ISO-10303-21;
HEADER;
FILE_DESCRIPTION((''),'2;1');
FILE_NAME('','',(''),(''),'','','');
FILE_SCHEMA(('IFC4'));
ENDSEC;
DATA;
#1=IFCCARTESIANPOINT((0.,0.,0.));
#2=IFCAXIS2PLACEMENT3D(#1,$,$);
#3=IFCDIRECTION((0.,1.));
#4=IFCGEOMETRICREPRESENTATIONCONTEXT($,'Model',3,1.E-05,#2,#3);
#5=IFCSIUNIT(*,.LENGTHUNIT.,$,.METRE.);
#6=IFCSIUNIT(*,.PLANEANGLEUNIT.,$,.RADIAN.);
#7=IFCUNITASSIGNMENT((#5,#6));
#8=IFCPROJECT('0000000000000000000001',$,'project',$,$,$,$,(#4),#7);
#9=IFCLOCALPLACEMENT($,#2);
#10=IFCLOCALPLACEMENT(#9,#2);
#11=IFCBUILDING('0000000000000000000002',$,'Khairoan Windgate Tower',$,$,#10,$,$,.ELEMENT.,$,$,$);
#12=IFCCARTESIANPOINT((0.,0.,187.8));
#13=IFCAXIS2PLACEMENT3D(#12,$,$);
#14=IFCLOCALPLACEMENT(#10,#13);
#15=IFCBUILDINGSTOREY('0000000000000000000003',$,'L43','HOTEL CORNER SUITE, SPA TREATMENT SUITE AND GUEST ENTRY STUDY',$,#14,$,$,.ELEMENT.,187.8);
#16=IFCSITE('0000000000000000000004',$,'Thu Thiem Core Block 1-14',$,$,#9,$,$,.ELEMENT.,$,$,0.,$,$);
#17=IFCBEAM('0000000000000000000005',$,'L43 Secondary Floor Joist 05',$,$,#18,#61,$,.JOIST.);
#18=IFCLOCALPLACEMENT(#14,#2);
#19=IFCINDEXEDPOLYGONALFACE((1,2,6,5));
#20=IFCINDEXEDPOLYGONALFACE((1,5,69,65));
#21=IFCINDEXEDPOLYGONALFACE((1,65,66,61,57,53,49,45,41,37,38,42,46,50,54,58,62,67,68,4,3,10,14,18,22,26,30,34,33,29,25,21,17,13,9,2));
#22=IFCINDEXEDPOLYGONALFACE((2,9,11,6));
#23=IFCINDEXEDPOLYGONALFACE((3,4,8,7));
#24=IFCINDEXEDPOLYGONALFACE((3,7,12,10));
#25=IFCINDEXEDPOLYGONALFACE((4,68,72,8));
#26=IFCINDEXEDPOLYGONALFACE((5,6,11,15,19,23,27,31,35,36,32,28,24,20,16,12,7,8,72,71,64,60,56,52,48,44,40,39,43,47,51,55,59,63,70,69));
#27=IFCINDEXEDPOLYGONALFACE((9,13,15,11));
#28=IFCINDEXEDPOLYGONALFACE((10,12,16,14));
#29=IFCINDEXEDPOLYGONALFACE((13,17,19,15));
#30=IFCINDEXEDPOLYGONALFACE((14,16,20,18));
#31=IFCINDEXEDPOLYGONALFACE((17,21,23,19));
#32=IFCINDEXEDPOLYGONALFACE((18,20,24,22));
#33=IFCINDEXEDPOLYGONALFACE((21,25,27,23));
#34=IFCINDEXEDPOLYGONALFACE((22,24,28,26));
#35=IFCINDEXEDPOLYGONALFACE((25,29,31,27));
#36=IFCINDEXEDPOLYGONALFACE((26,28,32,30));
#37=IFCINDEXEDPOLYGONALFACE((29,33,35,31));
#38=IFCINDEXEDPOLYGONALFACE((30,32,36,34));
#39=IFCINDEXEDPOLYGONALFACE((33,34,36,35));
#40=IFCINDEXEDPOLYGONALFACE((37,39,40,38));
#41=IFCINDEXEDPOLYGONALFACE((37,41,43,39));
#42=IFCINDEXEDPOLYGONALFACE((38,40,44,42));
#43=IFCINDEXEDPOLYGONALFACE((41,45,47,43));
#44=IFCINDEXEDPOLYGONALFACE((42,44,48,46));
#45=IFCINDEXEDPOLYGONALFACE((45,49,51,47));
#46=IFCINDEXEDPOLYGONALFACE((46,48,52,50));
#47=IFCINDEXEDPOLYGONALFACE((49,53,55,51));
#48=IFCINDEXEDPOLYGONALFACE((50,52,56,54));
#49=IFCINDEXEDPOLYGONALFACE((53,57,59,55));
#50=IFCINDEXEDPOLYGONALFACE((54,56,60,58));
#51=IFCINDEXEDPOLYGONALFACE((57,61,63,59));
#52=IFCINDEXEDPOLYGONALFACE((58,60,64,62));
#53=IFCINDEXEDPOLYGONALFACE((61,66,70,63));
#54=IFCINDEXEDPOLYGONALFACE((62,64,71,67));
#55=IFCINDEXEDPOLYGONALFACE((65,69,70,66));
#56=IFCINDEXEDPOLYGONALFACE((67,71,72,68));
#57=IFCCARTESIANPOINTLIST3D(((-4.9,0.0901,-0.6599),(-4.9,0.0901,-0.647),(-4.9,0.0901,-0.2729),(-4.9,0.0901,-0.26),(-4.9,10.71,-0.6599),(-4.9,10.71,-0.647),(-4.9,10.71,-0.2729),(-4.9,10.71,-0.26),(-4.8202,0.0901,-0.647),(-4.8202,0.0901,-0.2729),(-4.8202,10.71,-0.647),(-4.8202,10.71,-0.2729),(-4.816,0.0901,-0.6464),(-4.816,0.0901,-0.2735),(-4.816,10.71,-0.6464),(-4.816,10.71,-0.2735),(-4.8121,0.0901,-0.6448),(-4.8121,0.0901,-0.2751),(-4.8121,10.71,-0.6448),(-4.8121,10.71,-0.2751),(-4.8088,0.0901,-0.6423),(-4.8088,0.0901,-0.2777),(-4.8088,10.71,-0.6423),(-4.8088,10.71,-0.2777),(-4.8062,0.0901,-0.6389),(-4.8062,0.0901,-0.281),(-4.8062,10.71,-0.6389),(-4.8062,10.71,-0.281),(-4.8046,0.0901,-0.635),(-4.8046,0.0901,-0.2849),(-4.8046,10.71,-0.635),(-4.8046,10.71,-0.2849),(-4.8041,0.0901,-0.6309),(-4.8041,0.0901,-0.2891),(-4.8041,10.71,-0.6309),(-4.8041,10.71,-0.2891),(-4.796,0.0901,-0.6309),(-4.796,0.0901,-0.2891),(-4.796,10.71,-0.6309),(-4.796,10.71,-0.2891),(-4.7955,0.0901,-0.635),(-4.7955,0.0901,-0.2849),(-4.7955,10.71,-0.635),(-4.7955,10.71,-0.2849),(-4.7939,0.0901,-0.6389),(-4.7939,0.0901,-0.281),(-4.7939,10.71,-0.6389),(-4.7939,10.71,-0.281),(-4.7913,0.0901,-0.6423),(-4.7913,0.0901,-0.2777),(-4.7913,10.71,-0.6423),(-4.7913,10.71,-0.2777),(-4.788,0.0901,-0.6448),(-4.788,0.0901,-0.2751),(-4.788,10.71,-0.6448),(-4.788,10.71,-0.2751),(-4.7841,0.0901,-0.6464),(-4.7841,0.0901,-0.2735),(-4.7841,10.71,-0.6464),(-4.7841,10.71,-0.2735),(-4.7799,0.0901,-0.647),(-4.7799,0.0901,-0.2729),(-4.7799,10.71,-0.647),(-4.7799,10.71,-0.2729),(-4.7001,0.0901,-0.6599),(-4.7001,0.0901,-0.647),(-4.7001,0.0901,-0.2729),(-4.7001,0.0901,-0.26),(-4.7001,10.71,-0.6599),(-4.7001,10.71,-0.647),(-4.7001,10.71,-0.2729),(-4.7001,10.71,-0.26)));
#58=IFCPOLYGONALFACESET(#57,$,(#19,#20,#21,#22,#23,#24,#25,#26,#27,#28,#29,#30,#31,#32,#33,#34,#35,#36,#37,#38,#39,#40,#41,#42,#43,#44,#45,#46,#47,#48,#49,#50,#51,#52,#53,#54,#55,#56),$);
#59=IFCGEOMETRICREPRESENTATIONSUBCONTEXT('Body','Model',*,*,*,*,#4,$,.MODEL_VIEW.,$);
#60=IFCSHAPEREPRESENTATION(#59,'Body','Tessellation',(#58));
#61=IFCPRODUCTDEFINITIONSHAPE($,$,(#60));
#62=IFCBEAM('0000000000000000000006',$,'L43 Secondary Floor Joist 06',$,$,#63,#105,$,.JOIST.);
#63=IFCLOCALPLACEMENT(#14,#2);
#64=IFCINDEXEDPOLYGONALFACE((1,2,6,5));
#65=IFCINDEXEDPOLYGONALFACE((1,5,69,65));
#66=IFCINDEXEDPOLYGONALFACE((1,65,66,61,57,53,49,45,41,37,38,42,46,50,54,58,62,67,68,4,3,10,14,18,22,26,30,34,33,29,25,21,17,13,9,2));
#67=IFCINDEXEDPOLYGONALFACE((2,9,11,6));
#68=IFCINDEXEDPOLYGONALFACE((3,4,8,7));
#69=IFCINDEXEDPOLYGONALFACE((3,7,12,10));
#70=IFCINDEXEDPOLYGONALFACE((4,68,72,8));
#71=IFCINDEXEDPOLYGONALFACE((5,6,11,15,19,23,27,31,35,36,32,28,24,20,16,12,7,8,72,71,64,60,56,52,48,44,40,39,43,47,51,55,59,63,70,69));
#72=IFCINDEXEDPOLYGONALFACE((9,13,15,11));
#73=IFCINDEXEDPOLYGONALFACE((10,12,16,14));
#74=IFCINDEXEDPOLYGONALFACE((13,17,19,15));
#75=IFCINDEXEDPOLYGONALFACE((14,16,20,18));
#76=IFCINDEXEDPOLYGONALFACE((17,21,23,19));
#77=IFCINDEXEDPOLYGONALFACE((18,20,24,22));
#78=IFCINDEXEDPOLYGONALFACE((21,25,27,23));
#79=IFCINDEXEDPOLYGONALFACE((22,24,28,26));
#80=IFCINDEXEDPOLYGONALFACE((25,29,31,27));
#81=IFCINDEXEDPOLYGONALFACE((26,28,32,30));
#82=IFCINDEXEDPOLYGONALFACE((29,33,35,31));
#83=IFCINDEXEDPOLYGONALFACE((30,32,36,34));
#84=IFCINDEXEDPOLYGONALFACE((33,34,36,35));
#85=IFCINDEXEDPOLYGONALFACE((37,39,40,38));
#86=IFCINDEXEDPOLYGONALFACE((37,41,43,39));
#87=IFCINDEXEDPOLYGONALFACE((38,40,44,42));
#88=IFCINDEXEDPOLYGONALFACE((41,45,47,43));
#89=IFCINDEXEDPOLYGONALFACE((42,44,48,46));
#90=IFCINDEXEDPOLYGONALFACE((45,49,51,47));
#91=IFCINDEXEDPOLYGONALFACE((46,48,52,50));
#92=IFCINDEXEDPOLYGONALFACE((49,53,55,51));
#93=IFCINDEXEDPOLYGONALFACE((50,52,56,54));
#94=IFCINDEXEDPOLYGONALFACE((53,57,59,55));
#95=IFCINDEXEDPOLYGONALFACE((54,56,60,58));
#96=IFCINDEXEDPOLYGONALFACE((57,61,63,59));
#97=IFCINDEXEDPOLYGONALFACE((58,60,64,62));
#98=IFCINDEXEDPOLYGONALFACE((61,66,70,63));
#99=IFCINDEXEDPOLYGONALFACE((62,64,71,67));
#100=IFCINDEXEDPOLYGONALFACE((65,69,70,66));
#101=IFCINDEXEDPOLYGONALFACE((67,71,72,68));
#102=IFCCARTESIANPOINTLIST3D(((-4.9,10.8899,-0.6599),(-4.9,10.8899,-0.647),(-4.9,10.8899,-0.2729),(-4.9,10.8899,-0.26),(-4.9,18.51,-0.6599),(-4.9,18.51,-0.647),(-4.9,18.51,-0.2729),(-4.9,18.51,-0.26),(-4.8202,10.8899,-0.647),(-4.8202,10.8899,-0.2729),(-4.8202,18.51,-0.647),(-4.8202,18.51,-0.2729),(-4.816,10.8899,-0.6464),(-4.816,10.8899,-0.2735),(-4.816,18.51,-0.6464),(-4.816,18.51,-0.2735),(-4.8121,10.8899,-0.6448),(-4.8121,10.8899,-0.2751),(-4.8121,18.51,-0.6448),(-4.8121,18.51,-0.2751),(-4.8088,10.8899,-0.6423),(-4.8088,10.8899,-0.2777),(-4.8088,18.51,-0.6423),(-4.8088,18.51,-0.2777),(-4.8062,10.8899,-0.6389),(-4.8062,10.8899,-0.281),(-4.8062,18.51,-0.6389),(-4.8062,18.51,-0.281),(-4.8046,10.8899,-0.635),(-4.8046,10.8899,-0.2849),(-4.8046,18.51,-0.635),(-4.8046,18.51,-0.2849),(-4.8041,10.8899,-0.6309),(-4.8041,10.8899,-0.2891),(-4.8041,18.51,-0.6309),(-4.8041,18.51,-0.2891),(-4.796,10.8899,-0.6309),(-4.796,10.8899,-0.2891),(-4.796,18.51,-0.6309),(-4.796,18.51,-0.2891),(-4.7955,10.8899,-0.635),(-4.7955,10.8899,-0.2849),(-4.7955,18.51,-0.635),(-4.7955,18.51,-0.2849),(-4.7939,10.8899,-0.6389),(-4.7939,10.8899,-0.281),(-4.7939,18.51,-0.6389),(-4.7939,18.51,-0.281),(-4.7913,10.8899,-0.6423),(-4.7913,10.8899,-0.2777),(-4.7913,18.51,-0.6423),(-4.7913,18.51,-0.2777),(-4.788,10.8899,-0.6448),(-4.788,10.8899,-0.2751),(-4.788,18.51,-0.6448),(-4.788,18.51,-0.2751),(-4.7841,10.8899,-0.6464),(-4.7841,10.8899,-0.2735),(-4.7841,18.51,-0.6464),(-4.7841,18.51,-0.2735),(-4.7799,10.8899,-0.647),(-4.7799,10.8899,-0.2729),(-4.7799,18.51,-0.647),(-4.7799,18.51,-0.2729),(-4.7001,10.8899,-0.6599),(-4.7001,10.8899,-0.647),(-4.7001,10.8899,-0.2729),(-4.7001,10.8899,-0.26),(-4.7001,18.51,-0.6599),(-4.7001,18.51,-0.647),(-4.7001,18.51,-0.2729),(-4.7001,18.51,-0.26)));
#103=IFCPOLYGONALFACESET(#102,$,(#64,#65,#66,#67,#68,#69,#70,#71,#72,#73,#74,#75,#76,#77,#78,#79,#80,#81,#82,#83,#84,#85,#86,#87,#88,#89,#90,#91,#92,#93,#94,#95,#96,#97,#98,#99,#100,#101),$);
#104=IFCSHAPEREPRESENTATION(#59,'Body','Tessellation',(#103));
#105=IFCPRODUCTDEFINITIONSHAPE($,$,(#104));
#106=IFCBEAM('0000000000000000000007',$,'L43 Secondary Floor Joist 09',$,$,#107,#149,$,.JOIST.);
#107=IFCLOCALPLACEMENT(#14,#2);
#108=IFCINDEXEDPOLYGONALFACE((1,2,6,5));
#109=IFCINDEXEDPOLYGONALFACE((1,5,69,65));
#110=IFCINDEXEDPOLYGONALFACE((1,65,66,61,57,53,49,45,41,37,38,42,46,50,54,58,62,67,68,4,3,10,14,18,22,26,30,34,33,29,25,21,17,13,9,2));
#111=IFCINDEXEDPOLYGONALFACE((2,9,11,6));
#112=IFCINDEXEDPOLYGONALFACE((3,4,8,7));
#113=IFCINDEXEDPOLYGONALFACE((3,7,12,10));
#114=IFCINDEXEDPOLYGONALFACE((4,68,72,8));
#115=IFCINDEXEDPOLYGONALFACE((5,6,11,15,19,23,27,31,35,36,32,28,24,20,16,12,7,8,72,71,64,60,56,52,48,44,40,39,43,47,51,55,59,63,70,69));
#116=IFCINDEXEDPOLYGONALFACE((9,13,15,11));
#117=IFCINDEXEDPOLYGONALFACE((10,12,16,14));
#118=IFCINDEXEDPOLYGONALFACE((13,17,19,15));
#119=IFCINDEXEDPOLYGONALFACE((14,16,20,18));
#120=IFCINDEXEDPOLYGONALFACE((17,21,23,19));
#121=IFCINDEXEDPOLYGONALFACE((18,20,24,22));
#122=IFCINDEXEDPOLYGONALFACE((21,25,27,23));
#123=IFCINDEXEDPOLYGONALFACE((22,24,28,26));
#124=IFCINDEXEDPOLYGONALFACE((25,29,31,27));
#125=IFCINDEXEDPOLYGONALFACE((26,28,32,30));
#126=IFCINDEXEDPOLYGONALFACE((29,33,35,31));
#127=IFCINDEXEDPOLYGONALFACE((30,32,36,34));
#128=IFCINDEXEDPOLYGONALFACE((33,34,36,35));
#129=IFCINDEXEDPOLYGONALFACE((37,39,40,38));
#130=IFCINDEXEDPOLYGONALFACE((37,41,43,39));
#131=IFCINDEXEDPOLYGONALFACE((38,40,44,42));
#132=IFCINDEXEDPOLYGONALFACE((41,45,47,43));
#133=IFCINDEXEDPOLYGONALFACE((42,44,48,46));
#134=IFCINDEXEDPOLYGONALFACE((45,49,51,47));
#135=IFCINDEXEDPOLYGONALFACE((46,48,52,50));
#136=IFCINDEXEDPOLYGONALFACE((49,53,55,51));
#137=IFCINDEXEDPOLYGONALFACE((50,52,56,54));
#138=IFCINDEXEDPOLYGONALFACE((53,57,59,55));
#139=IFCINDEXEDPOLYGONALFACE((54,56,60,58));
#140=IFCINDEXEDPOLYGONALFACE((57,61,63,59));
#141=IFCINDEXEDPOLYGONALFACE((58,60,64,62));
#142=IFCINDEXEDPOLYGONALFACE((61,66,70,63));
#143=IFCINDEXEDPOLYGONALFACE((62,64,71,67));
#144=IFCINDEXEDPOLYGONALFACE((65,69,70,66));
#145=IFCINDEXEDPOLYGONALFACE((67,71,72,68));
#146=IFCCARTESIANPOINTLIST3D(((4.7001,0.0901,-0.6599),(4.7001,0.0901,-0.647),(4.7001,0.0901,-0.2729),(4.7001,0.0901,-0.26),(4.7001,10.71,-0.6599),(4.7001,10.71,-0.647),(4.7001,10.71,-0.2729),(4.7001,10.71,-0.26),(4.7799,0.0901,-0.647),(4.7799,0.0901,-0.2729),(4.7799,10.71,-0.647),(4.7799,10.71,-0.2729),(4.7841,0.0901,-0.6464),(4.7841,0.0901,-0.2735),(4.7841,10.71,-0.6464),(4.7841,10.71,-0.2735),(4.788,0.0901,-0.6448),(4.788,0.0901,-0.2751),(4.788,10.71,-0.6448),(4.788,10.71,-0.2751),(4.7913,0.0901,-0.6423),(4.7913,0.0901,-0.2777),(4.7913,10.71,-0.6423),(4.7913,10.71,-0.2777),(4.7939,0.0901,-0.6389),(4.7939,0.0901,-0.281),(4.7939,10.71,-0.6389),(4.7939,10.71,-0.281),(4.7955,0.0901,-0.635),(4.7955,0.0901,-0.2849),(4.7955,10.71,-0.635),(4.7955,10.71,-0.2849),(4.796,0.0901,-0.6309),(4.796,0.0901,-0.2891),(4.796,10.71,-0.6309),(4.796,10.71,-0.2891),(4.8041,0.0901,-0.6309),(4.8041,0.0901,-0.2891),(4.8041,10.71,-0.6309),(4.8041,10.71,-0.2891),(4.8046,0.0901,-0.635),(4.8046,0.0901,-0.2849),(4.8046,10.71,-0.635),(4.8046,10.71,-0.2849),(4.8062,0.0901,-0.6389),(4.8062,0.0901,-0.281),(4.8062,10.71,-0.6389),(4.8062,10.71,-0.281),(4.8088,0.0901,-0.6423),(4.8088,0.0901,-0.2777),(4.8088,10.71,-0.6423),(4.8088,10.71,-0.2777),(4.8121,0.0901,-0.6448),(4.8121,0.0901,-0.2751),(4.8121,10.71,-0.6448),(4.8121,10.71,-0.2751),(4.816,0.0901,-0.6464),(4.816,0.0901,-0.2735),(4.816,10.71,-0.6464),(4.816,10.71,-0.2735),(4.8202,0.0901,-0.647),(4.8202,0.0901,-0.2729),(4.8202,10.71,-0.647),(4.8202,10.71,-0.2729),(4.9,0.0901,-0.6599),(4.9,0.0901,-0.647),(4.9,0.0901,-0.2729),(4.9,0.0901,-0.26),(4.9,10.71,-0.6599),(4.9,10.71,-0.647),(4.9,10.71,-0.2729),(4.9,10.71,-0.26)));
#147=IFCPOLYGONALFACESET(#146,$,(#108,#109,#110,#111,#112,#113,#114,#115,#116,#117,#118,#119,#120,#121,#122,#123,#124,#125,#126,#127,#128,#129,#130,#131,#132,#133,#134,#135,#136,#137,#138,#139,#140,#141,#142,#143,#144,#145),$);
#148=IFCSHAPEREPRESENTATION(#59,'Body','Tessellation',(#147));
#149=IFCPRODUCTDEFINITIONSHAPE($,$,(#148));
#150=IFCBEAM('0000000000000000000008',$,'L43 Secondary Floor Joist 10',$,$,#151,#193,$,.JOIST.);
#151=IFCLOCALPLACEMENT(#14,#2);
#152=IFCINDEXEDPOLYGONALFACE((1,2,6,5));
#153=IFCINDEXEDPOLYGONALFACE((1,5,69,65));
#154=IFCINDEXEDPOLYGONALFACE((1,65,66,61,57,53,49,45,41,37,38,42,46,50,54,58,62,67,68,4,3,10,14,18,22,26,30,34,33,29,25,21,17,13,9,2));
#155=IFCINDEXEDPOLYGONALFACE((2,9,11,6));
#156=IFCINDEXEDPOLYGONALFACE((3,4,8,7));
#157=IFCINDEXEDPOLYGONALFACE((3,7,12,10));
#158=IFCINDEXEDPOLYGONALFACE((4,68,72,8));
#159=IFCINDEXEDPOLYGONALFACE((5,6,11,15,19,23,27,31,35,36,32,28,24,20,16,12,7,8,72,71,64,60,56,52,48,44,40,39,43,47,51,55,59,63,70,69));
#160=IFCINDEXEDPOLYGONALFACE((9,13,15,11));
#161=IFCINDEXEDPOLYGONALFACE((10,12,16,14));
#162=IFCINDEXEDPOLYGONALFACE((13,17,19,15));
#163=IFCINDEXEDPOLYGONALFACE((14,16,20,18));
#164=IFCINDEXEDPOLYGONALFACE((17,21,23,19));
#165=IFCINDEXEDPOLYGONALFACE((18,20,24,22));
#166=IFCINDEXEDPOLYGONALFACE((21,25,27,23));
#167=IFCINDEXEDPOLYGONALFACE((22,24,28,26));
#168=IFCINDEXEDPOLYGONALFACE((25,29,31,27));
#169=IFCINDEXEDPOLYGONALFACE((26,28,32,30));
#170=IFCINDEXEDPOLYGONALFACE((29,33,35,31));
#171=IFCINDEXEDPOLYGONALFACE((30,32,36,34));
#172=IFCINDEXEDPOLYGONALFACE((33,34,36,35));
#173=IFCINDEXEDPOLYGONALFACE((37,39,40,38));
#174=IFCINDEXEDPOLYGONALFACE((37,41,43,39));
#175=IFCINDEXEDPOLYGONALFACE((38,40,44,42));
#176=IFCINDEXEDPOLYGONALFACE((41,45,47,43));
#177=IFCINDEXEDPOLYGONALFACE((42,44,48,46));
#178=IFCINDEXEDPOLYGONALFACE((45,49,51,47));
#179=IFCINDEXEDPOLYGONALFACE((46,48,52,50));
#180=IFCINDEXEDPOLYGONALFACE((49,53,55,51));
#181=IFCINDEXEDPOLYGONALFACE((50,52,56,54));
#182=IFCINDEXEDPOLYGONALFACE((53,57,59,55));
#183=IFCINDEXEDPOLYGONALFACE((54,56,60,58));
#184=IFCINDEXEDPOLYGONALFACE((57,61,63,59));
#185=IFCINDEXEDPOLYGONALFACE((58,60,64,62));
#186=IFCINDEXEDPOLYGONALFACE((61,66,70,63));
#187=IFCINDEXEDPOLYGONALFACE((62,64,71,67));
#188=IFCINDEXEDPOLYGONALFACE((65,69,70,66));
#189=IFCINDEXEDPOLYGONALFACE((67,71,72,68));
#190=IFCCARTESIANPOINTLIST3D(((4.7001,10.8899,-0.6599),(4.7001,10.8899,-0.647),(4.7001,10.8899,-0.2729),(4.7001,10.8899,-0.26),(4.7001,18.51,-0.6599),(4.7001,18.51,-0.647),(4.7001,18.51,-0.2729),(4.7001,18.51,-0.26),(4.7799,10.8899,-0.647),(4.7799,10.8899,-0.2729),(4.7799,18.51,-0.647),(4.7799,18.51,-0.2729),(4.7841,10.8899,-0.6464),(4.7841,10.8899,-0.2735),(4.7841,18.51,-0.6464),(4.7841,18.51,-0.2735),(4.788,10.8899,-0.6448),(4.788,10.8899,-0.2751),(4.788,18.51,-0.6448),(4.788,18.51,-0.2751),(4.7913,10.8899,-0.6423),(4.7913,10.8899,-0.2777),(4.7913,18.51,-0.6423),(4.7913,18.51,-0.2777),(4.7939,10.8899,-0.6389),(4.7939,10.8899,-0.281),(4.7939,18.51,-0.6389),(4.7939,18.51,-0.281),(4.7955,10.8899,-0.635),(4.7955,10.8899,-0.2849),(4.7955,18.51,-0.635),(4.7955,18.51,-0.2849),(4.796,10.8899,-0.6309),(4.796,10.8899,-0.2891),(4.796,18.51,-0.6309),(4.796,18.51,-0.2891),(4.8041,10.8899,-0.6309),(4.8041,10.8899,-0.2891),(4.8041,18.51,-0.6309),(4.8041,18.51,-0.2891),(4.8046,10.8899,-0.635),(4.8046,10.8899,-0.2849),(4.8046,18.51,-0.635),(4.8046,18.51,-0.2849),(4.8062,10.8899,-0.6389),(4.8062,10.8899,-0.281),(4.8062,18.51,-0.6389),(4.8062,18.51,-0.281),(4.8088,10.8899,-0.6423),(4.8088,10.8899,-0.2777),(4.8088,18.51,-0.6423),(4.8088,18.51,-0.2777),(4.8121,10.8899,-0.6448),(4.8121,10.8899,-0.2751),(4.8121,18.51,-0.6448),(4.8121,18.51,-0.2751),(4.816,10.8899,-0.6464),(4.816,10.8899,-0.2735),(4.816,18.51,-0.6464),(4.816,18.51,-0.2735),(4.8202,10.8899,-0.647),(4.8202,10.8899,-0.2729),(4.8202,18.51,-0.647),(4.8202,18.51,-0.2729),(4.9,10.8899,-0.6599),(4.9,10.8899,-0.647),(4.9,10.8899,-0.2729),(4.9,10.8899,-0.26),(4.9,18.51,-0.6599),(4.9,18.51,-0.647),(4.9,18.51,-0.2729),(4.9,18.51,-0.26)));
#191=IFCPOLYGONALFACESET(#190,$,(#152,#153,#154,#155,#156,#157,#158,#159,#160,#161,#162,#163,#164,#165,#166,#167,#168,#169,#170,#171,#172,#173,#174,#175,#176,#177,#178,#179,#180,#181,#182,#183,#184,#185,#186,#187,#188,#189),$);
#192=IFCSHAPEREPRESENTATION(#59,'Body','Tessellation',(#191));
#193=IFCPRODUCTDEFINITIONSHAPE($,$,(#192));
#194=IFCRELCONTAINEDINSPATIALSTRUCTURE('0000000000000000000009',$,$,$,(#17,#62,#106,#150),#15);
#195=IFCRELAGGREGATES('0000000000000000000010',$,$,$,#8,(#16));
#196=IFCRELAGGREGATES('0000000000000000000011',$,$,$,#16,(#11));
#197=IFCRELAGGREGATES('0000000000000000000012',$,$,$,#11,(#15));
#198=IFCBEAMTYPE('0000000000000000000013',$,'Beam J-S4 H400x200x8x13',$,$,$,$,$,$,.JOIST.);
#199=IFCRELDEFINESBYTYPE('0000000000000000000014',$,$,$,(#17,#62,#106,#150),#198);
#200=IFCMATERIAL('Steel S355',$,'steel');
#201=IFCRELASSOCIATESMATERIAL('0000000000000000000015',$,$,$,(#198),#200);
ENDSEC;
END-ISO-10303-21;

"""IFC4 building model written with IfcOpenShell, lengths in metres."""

from ifc_helpers import new_model, si_unit, direction, frame, origin, origin_2d, place, context, subcontext, project, spatial, i_section, extrude, material, material_profile, profile_set, type_object, element, save


model = new_model("IFC4")

# Units and contexts
model_context = context("Model", 3, precision=1e-05, world=origin(), true_north=direction((0.0, 1.0)))
body_context = subcontext(model_context, "Body", "Model", "MODEL_VIEW")
ifc_project = project(units=[si_unit("LENGTHUNIT", "METRE"), si_unit("PLANEANGLEUNIT", "RADIAN")], contexts=[model_context])

# Site, building, storey
site_placement = place(None, origin())
site = spatial("IfcSite", under=ifc_project, at=site_placement, Name="Thu Thiem Core Block 1-14", CompositionType="ELEMENT", RefElevation=0.0)
building_placement = place(site_placement, origin())
building = spatial("IfcBuilding", under=site, at=building_placement, Name="Khairoan Windgate Tower", CompositionType="ELEMENT")
storey_placement = place(building_placement, frame((0.0, 0.0, 187.8)))
storey = spatial("IfcBuildingStorey", under=building, at=storey_placement, Name="L43", Description="HOTEL CORNER SUITE, SPA TREATMENT SUITE AND GUEST ENTRY STUDY", CompositionType="ELEMENT", Elevation=187.8)

# Beams
ifc_material_1 = material(Name="Steel S355", Category="steel")
ifc_material_profile_1 = material_profile(ifc_material_1, i_section(OverallWidth=0.2, OverallDepth=0.3999, WebThickness=0.0081, FlangeThickness=0.0129, FilletRadius=0.0161, at=origin_2d()))
ifc_profile_set_1 = profile_set([ifc_material_profile_1], Name="Steel S355")
beam_type_1 = type_object("IfcBeamType", Name="Beam J-S4 H400x200x8x13", PredefinedType="JOIST", material=ifc_profile_set_1)
beam_1_placement = place(storey_placement, frame((-4.8, 0.0901, -0.46), z_axis=(0.0, 1.0, 0.0), x_axis=(-1.0, 0.0, 0.0)))
element("IfcBeam", 1, at=beam_1_placement, inside=storey, type_object=beam_type_1, Name="L43 Secondary Floor Joist 05", PredefinedType="JOIST", context=body_context, shape_type="SweptSolid", body=[
    extrude(i_section(OverallWidth=0.2, OverallDepth=0.3999, WebThickness=0.0081, FlangeThickness=0.0129, FilletRadius=0.0161, at=origin_2d()), origin(), (0.0, 0.0, 1.0), 10.6199),
])
beam_2_placement = place(storey_placement, frame((-4.8, 10.8899, -0.46), z_axis=(0.0, 1.0, 0.0), x_axis=(-1.0, 0.0, 0.0)))
element("IfcBeam", 2, at=beam_2_placement, inside=storey, type_object=beam_type_1, Name="L43 Secondary Floor Joist 06", PredefinedType="JOIST", context=body_context, shape_type="SweptSolid", body=[
    extrude(i_section(OverallWidth=0.2, OverallDepth=0.3999, WebThickness=0.0081, FlangeThickness=0.0129, FilletRadius=0.0161, at=origin_2d()), origin(), (0.0, 0.0, 1.0), 7.6201),
])
beam_3_placement = place(storey_placement, frame((4.8, 0.0901, -0.46), z_axis=(0.0, 1.0, 0.0), x_axis=(-1.0, 0.0, 0.0)))
element("IfcBeam", 3, at=beam_3_placement, inside=storey, type_object=beam_type_1, Name="L43 Secondary Floor Joist 09", PredefinedType="JOIST", context=body_context, shape_type="SweptSolid", body=[
    extrude(i_section(OverallWidth=0.2, OverallDepth=0.3999, WebThickness=0.0081, FlangeThickness=0.0129, FilletRadius=0.0161, at=origin_2d()), origin(), (0.0, 0.0, 1.0), 10.6199),
])
beam_4_placement = place(storey_placement, frame((4.8, 10.8899, -0.46), z_axis=(0.0, 1.0, 0.0), x_axis=(-1.0, 0.0, 0.0)))
element("IfcBeam", 4, at=beam_4_placement, inside=storey, type_object=beam_type_1, Name="L43 Secondary Floor Joist 10", PredefinedType="JOIST", context=body_context, shape_type="SweptSolid", body=[
    extrude(i_section(OverallWidth=0.2, OverallDepth=0.3999, WebThickness=0.0081, FlangeThickness=0.0129, FilletRadius=0.0161, at=origin_2d()), origin(), (0.0, 0.0, 1.0), 7.6201),
])

save(model, "model.ifc")
